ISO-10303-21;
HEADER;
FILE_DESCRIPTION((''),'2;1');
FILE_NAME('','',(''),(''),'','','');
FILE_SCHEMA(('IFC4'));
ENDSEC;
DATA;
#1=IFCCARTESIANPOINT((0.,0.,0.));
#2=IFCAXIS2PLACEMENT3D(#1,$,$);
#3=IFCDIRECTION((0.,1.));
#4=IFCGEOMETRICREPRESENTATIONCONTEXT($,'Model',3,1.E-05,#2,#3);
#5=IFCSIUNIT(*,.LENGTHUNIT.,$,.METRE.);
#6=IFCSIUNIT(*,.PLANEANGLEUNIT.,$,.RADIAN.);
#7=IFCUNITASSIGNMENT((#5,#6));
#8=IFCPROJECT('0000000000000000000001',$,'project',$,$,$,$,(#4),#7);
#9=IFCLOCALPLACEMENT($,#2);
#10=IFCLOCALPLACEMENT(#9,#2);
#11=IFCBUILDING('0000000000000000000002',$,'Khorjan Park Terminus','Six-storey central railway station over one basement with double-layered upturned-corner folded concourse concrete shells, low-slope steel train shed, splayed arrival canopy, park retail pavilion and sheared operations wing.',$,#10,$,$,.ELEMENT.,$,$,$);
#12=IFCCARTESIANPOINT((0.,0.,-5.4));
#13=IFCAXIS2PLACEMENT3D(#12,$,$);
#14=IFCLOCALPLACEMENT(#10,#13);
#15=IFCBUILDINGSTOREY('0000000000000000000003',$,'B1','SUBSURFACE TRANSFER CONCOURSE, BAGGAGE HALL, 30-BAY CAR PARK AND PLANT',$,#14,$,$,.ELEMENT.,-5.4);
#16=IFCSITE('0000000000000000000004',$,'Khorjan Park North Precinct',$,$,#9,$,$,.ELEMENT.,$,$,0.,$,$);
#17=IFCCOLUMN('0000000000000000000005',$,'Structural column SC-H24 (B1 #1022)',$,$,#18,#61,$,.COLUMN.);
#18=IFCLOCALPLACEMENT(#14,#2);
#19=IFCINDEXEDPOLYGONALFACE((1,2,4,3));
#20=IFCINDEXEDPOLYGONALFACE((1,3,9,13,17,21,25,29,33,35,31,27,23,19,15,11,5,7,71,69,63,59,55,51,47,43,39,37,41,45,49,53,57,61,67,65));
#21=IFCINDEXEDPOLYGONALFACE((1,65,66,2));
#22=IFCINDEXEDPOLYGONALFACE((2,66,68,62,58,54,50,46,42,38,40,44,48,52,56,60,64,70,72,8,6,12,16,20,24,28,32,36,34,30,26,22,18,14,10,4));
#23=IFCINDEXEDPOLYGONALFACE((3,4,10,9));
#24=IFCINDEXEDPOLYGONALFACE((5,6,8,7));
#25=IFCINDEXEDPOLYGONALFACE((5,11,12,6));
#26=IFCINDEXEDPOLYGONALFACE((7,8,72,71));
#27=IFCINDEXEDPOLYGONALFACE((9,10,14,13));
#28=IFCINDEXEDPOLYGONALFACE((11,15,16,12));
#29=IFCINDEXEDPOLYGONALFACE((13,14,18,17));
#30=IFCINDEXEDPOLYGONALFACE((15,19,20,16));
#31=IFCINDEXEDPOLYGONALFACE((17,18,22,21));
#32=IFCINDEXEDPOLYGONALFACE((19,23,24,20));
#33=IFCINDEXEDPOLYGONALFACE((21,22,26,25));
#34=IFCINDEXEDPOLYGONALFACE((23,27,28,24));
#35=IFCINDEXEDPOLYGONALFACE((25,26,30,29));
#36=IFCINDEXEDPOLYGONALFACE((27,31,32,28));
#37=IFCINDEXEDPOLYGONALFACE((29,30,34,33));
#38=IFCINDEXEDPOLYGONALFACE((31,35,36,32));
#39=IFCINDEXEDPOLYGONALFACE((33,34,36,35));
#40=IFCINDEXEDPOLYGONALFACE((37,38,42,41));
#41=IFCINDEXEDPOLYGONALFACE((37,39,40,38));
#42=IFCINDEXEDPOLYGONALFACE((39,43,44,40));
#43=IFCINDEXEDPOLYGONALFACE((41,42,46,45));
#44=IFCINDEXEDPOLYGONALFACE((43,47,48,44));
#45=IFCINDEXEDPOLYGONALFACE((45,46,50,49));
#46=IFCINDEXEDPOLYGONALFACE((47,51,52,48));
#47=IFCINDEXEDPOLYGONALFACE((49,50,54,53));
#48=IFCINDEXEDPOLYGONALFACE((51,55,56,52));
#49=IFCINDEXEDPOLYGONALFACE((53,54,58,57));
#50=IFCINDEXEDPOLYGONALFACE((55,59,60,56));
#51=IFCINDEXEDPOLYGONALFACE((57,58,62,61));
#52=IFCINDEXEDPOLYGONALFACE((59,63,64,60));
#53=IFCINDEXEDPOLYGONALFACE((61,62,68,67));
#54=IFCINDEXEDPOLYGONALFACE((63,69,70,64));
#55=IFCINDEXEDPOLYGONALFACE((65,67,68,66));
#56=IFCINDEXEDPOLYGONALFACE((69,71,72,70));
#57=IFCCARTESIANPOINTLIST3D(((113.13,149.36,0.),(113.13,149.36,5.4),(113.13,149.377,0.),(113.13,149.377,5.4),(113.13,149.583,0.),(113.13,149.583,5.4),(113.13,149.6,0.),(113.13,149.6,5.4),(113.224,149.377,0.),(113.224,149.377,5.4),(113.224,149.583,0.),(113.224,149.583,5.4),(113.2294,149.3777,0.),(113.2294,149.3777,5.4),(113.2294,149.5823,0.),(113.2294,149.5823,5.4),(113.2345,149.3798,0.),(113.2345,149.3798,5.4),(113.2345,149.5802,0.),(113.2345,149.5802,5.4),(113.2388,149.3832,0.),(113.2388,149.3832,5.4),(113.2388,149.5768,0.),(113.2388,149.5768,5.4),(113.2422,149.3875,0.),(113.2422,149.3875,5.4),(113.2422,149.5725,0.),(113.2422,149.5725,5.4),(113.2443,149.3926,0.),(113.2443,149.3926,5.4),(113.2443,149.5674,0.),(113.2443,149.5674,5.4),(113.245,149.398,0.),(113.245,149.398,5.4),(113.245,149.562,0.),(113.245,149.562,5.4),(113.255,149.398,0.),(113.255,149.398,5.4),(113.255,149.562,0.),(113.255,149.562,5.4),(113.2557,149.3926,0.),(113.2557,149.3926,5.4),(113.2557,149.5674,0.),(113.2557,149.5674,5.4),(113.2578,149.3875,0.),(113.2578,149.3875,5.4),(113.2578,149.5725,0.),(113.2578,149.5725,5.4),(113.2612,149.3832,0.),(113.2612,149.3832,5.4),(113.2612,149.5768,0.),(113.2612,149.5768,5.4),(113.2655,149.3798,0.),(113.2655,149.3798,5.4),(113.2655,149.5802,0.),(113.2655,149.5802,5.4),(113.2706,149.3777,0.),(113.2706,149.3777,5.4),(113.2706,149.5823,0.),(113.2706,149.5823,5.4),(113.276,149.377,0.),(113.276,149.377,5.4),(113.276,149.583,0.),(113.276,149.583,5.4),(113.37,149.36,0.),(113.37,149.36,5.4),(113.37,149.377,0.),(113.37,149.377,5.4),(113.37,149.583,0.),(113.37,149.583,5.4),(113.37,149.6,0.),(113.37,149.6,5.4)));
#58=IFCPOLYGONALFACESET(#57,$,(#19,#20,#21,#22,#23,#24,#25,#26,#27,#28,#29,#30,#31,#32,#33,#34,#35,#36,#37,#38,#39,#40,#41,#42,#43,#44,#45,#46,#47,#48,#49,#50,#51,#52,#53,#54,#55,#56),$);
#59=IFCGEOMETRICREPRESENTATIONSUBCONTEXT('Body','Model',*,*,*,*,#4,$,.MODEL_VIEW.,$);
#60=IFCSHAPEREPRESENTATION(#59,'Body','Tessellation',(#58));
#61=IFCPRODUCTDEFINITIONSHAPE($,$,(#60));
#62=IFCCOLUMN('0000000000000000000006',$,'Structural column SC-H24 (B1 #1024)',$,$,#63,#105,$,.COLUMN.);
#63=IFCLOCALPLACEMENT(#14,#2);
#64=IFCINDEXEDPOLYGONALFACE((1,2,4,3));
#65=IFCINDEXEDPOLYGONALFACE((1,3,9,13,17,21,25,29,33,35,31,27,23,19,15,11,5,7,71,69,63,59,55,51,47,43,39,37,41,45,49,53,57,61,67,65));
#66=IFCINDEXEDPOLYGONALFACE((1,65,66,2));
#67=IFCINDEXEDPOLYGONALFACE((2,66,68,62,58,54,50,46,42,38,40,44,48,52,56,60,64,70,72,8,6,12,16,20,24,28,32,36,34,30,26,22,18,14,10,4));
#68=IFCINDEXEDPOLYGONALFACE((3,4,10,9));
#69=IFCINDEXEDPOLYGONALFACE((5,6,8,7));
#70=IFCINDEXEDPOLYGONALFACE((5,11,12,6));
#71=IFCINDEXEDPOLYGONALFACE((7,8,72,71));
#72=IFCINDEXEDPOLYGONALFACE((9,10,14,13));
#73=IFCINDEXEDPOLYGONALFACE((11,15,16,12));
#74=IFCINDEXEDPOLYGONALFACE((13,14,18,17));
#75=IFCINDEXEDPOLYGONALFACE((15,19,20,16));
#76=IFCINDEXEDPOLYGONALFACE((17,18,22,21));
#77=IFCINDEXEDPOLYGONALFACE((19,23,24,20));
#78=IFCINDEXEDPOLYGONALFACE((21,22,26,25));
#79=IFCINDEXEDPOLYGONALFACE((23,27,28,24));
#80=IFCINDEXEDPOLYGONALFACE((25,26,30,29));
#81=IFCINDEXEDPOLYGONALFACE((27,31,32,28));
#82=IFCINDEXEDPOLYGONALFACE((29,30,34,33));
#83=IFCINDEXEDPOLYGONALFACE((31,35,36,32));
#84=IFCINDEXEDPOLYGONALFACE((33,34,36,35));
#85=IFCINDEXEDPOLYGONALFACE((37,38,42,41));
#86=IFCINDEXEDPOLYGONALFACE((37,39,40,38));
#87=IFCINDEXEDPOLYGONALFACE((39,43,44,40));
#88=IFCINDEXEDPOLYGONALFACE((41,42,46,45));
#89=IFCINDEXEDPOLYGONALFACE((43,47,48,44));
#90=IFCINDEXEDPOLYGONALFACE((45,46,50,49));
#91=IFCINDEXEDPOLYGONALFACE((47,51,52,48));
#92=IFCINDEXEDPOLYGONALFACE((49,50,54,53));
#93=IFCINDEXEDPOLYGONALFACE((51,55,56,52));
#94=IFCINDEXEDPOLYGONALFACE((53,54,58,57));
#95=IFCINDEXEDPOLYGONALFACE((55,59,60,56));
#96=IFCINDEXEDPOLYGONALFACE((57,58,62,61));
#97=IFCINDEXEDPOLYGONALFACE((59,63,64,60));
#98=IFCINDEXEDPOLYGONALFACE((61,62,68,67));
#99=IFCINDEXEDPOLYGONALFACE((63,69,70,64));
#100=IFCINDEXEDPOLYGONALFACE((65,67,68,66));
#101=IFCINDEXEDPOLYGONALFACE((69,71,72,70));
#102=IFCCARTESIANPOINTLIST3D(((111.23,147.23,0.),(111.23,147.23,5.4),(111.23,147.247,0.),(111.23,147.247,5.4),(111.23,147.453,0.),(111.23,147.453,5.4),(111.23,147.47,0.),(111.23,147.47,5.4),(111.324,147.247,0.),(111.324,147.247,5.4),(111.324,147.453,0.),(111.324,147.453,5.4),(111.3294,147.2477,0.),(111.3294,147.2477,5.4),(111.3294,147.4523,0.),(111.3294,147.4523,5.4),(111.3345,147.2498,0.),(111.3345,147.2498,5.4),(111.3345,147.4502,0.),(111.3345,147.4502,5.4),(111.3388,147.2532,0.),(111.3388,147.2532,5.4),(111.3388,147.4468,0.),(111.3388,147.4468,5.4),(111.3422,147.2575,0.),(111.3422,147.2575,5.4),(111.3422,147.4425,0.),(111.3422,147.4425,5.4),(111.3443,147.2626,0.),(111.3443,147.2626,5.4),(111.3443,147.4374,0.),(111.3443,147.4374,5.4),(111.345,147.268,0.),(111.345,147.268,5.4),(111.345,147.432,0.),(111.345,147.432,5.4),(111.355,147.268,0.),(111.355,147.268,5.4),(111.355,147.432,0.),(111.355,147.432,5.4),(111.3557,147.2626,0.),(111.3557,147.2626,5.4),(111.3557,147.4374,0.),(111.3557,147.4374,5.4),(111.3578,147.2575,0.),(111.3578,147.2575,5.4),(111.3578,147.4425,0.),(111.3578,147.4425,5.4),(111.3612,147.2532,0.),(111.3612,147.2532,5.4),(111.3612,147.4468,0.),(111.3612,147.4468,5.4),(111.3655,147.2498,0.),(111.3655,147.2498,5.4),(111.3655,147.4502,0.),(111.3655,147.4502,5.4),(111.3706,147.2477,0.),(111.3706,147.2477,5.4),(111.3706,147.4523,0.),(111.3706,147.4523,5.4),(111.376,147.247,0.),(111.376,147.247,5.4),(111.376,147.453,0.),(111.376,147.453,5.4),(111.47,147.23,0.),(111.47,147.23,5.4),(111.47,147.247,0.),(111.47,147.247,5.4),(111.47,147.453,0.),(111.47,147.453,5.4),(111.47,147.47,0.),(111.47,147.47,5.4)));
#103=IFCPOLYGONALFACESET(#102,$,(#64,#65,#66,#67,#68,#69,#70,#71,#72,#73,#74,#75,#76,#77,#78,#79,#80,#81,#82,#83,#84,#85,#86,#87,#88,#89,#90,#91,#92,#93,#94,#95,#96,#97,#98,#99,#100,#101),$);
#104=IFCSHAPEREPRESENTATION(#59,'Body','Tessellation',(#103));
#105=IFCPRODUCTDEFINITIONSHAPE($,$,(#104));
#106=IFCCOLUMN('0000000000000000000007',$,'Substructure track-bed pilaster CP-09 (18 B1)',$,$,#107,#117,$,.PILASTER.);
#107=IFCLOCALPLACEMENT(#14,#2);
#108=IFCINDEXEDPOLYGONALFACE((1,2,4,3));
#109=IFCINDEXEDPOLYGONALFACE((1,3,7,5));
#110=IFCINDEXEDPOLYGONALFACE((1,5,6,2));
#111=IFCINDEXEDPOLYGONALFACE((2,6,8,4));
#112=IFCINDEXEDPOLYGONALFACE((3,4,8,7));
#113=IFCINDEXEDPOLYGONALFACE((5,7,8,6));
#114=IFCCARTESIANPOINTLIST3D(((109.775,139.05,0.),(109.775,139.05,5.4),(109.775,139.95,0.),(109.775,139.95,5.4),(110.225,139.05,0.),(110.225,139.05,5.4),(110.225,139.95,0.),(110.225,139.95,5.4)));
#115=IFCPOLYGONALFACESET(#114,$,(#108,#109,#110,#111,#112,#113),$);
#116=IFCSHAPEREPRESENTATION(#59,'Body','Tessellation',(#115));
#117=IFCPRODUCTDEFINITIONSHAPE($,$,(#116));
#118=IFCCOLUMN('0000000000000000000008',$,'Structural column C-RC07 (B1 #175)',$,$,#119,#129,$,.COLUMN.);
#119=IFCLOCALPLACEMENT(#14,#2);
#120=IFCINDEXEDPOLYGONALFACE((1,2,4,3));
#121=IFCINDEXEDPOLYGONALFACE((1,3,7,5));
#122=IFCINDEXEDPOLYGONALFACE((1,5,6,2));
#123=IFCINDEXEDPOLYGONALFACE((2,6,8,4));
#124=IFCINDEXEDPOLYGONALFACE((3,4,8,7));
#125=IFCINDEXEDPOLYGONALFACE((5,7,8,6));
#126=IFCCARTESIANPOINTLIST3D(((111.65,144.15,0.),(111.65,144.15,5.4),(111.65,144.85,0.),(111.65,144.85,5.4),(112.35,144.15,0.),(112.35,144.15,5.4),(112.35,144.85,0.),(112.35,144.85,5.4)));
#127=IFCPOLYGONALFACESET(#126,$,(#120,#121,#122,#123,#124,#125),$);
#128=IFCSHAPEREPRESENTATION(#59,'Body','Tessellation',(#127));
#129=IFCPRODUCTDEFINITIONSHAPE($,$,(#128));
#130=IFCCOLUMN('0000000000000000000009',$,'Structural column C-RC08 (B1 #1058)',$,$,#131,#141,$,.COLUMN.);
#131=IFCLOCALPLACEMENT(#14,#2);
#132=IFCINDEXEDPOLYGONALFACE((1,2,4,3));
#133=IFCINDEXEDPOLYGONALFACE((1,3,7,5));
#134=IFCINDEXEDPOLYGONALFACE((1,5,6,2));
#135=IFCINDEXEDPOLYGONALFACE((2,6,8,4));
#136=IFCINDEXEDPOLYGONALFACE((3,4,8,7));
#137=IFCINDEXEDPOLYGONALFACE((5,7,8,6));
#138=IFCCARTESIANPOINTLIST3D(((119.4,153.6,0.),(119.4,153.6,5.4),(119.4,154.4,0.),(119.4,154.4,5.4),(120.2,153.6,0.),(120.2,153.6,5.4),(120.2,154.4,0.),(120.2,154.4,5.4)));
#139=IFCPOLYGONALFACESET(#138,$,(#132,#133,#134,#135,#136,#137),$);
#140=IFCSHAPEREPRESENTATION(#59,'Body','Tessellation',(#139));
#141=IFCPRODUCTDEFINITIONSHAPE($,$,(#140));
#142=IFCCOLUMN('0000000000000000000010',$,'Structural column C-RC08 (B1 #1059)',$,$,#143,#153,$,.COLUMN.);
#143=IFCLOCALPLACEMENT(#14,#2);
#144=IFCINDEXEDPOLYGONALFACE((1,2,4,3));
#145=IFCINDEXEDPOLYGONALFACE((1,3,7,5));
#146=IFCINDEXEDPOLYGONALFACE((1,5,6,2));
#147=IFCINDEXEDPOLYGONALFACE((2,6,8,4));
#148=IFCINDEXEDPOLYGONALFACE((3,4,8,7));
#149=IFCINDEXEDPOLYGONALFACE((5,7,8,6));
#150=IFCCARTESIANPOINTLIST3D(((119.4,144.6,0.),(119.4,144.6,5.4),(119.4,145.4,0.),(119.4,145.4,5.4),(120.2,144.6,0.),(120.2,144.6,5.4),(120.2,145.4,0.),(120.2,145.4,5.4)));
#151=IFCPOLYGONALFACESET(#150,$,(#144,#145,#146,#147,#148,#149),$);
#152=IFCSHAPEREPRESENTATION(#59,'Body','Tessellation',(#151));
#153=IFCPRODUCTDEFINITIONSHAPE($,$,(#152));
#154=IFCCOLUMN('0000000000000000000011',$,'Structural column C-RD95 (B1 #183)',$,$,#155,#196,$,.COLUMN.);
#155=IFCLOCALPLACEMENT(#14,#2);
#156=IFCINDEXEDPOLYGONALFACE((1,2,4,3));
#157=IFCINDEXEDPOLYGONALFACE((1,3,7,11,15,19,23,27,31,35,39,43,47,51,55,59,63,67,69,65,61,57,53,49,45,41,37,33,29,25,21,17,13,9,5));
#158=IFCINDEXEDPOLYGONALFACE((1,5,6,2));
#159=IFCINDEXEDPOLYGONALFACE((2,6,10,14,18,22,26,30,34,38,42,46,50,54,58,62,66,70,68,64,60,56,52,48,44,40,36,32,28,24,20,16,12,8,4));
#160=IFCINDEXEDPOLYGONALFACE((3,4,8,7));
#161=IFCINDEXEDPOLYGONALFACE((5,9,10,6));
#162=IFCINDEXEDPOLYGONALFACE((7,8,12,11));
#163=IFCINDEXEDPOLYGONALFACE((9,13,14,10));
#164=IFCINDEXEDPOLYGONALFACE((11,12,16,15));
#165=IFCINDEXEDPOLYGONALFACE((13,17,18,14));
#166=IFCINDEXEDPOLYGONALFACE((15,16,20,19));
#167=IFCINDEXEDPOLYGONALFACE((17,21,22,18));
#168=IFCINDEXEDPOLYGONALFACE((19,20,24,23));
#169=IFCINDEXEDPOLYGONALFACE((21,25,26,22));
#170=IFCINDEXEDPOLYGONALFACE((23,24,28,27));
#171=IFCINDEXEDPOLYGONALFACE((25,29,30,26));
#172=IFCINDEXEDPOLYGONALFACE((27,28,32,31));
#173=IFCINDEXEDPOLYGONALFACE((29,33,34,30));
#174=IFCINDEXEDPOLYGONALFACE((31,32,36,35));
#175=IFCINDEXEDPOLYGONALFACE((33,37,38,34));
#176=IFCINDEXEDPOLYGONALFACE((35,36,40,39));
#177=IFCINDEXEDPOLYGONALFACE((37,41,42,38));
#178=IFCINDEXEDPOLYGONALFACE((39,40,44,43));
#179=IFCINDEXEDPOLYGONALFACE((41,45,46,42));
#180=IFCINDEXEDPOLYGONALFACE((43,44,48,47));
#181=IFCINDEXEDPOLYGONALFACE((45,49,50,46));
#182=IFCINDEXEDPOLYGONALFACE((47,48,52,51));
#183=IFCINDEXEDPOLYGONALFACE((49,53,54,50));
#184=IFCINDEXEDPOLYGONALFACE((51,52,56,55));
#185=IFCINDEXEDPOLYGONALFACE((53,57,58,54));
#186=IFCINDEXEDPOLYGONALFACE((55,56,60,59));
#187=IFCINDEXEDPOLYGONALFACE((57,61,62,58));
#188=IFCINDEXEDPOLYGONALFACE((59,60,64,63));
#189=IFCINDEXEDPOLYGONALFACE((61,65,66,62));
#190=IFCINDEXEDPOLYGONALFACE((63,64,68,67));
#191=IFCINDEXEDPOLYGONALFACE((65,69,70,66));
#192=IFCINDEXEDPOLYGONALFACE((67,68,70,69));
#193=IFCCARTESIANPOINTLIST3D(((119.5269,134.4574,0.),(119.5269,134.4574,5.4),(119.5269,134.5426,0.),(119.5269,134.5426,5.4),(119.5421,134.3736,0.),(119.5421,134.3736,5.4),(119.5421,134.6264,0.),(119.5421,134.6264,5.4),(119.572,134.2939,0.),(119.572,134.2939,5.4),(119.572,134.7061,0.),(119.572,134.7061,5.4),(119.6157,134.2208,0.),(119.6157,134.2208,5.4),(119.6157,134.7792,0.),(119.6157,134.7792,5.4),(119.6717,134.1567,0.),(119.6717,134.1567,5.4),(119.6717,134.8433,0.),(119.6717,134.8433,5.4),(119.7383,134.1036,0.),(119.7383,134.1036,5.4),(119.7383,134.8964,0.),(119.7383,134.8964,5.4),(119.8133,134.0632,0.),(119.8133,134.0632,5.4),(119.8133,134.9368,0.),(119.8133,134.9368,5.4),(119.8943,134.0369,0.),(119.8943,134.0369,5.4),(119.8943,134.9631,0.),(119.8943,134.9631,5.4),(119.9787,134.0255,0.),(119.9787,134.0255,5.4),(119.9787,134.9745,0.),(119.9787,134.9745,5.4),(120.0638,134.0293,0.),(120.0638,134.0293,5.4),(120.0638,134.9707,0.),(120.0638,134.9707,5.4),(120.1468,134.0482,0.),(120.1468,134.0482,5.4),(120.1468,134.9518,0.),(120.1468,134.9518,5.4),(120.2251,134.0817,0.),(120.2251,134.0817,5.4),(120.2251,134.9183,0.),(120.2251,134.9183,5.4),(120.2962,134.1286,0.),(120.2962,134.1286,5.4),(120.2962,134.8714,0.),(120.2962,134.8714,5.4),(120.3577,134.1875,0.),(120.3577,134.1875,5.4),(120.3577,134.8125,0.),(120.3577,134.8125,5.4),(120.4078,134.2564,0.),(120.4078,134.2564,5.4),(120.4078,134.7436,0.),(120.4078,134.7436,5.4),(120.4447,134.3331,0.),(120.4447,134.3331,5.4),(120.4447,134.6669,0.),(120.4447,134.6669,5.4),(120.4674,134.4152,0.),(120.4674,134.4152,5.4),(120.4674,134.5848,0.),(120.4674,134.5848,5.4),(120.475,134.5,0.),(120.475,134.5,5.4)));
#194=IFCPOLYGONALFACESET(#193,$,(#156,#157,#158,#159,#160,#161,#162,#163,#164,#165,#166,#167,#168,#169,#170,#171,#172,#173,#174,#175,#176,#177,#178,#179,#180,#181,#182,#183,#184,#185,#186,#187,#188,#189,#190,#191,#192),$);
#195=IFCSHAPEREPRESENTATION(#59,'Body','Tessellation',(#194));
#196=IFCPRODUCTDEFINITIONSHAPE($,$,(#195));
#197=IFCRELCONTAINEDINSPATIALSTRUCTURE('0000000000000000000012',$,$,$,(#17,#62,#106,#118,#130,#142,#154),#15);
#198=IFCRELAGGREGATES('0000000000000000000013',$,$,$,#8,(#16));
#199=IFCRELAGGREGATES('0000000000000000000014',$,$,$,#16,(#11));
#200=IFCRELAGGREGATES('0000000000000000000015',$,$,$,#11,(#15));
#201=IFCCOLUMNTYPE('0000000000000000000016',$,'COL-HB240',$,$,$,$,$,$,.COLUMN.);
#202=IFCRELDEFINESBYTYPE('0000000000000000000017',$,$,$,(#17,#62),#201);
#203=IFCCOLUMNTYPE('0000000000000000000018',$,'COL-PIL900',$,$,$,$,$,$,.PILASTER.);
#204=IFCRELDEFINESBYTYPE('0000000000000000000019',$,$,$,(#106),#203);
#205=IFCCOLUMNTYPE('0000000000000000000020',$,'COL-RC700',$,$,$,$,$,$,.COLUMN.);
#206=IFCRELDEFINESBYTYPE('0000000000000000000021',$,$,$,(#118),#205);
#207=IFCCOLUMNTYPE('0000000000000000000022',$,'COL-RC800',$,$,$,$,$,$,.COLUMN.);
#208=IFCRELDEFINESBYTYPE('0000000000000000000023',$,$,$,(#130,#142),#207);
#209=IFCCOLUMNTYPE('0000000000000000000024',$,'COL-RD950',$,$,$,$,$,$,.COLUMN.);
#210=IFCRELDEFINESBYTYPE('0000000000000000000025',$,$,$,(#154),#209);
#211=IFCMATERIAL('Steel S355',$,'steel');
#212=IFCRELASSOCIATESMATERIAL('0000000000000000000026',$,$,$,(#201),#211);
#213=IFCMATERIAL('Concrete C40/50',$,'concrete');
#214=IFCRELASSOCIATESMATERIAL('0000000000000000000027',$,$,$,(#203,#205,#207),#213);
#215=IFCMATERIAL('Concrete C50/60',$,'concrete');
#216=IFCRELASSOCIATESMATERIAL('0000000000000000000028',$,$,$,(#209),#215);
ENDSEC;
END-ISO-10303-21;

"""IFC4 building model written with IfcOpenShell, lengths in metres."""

from ifc_helpers import new_model, si_unit, direction, frame, origin, origin_2d, place, context, subcontext, project, spatial, rectangle, circle, i_section, extrude, material, material_profile, profile_set, type_object, element, save


model = new_model("IFC4")

# Units and contexts
model_context = context("Model", 3, precision=1e-05, world=origin(), true_north=direction((0.0, 1.0)))
body_context = subcontext(model_context, "Body", "Model", "MODEL_VIEW")
ifc_project = project(units=[si_unit("LENGTHUNIT", "METRE"), si_unit("PLANEANGLEUNIT", "RADIAN")], contexts=[model_context])

# Site, building, storey
site_placement = place(None, origin())
site = spatial("IfcSite", under=ifc_project, at=site_placement, Name="Khorjan Park North Precinct", CompositionType="ELEMENT", RefElevation=0.0)
building_placement = place(site_placement, origin())
building = spatial("IfcBuilding", under=site, at=building_placement, Name="Khorjan Park Terminus", Description="Six-storey central railway station over one basement with double-layered upturned-corner folded concourse concrete shells, low-slope steel train shed, splayed arrival canopy, park retail pavilion and sheared operations wing.", CompositionType="ELEMENT")
storey_placement = place(building_placement, frame((0.0, 0.0, -5.4)))
storey = spatial("IfcBuildingStorey", under=building, at=storey_placement, Name="B1", Description="SUBSURFACE TRANSFER CONCOURSE, BAGGAGE HALL, 30-BAY CAR PARK AND PLANT", CompositionType="ELEMENT", Elevation=-5.4)

# Shared definitions
ifc_material_1 = material(Name="Concrete C40/50", Category="concrete")

# Columns
ifc_material_2 = material(Name="Steel S355", Category="steel")
ifc_material_profile_1 = material_profile(ifc_material_2, i_section(OverallWidth=0.24, OverallDepth=0.24, WebThickness=0.01, FlangeThickness=0.017, FilletRadius=0.021, at=origin_2d()), Name="HEB 240")
ifc_profile_set_1 = profile_set([ifc_material_profile_1], Name="Steel S355")
column_type_1 = type_object("IfcColumnType", Name="COL-HB240", PredefinedType="COLUMN", material=ifc_profile_set_1)
for number, where, z_axis, x_axis, name in (
    (1, (113.25, 149.48, 0.0), (0.0, 0.0, 1.0), (1.0, 0.0, 0.0), "Structural column SC-H24 (B1 #1022)"),
    (2, (111.35, 147.35, 0.0), (0.0, 0.0, 1.0), (1.0, 0.0, 0.0), "Structural column SC-H24 (B1 #1024)"),
):
    element("IfcColumn", number, at=place(storey_placement, frame(where, z_axis=z_axis, x_axis=x_axis)), inside=storey, type_object=column_type_1, Name=name, PredefinedType="COLUMN", context=body_context, shape_type="SweptSolid", body=[
        extrude(i_section(OverallWidth=0.24, OverallDepth=0.24, WebThickness=0.01, FlangeThickness=0.017, FilletRadius=0.021, at=origin_2d()), origin(), (0.0, 0.0, 1.0), 5.4),
    ])
ifc_material_profile_2 = material_profile(ifc_material_1, rectangle(XDim=0.45, YDim=0.9, at=origin_2d()), Name="RC 450x900")
ifc_profile_set_2 = profile_set([ifc_material_profile_2], Name="Concrete C40/50")
column_type_2 = type_object("IfcColumnType", Name="COL-PIL900", PredefinedType="PILASTER", material=ifc_profile_set_2)
column_1_placement = place(storey_placement, frame((110.0, 139.5, 0.0), z_axis=(0.0, 0.0, 1.0), x_axis=(1.0, 0.0, 0.0)))
element("IfcColumn", 3, at=column_1_placement, inside=storey, type_object=column_type_2, Name="Substructure track-bed pilaster CP-09 (18 B1)", PredefinedType="PILASTER", context=body_context, shape_type="SweptSolid", body=[
    extrude(rectangle(XDim=0.45, YDim=0.9, at=origin_2d()), origin(), (0.0, 0.0, 1.0), 5.4),
])
ifc_material_profile_3 = material_profile(ifc_material_1, rectangle(XDim=0.7, YDim=0.7, at=origin_2d()), Name="RC 700x700")
ifc_profile_set_3 = profile_set([ifc_material_profile_3], Name="Concrete C40/50")
column_type_3 = type_object("IfcColumnType", Name="COL-RC700", PredefinedType="COLUMN", material=ifc_profile_set_3)
column_2_placement = place(storey_placement, frame((112.0, 144.5, 0.0), z_axis=(0.0, 0.0, 1.0), x_axis=(1.0, 0.0, 0.0)))
element("IfcColumn", 4, at=column_2_placement, inside=storey, type_object=column_type_3, Name="Structural column C-RC07 (B1 #175)", PredefinedType="COLUMN", context=body_context, shape_type="SweptSolid", body=[
    extrude(rectangle(XDim=0.7, YDim=0.7, at=origin_2d()), origin(), (0.0, 0.0, 1.0), 5.4),
])
ifc_material_profile_4 = material_profile(ifc_material_1, rectangle(XDim=0.8, YDim=0.8, at=origin_2d()), Name="RC 800x800")
ifc_profile_set_4 = profile_set([ifc_material_profile_4], Name="Concrete C40/50")
column_type_4 = type_object("IfcColumnType", Name="COL-RC800", PredefinedType="COLUMN", material=ifc_profile_set_4)
for number, where, z_axis, x_axis, name in (
    (5, (119.8, 154.0, 0.0), (0.0, 0.0, 1.0), (-1.0, 0.0, 0.0), "Structural column C-RC08 (B1 #1058)"),
    (6, (119.8, 145.0, 0.0), (0.0, 0.0, 1.0), (-1.0, 0.0, 0.0), "Structural column C-RC08 (B1 #1059)"),
):
    element("IfcColumn", number, at=place(storey_placement, frame(where, z_axis=z_axis, x_axis=x_axis)), inside=storey, type_object=column_type_4, Name=name, PredefinedType="COLUMN", context=body_context, shape_type="SweptSolid", body=[
        extrude(rectangle(XDim=0.8, YDim=0.8, at=origin_2d()), origin(), (0.0, 0.0, 1.0), 5.4),
    ])
ifc_material_3 = material(Name="Concrete C50/60", Category="concrete")
ifc_material_profile_5 = material_profile(ifc_material_3, circle(Radius=0.475, at=origin_2d()), Name="RC D950")
ifc_profile_set_5 = profile_set([ifc_material_profile_5], Name="Concrete C50/60")
column_type_5 = type_object("IfcColumnType", Name="COL-RD950", PredefinedType="COLUMN", material=ifc_profile_set_5)
column_3_placement = place(storey_placement, frame((120.0, 134.5, 0.0), z_axis=(0.0, 0.0, 1.0), x_axis=(1.0, 0.0, 0.0)))
element("IfcColumn", 7, at=column_3_placement, inside=storey, type_object=column_type_5, Name="Structural column C-RD95 (B1 #183)", PredefinedType="COLUMN", context=body_context, shape_type="SweptSolid", body=[
    extrude(circle(Radius=0.475, at=origin_2d()), origin(), (0.0, 0.0, 1.0), 5.4),
])

save(model, "model.ifc")
